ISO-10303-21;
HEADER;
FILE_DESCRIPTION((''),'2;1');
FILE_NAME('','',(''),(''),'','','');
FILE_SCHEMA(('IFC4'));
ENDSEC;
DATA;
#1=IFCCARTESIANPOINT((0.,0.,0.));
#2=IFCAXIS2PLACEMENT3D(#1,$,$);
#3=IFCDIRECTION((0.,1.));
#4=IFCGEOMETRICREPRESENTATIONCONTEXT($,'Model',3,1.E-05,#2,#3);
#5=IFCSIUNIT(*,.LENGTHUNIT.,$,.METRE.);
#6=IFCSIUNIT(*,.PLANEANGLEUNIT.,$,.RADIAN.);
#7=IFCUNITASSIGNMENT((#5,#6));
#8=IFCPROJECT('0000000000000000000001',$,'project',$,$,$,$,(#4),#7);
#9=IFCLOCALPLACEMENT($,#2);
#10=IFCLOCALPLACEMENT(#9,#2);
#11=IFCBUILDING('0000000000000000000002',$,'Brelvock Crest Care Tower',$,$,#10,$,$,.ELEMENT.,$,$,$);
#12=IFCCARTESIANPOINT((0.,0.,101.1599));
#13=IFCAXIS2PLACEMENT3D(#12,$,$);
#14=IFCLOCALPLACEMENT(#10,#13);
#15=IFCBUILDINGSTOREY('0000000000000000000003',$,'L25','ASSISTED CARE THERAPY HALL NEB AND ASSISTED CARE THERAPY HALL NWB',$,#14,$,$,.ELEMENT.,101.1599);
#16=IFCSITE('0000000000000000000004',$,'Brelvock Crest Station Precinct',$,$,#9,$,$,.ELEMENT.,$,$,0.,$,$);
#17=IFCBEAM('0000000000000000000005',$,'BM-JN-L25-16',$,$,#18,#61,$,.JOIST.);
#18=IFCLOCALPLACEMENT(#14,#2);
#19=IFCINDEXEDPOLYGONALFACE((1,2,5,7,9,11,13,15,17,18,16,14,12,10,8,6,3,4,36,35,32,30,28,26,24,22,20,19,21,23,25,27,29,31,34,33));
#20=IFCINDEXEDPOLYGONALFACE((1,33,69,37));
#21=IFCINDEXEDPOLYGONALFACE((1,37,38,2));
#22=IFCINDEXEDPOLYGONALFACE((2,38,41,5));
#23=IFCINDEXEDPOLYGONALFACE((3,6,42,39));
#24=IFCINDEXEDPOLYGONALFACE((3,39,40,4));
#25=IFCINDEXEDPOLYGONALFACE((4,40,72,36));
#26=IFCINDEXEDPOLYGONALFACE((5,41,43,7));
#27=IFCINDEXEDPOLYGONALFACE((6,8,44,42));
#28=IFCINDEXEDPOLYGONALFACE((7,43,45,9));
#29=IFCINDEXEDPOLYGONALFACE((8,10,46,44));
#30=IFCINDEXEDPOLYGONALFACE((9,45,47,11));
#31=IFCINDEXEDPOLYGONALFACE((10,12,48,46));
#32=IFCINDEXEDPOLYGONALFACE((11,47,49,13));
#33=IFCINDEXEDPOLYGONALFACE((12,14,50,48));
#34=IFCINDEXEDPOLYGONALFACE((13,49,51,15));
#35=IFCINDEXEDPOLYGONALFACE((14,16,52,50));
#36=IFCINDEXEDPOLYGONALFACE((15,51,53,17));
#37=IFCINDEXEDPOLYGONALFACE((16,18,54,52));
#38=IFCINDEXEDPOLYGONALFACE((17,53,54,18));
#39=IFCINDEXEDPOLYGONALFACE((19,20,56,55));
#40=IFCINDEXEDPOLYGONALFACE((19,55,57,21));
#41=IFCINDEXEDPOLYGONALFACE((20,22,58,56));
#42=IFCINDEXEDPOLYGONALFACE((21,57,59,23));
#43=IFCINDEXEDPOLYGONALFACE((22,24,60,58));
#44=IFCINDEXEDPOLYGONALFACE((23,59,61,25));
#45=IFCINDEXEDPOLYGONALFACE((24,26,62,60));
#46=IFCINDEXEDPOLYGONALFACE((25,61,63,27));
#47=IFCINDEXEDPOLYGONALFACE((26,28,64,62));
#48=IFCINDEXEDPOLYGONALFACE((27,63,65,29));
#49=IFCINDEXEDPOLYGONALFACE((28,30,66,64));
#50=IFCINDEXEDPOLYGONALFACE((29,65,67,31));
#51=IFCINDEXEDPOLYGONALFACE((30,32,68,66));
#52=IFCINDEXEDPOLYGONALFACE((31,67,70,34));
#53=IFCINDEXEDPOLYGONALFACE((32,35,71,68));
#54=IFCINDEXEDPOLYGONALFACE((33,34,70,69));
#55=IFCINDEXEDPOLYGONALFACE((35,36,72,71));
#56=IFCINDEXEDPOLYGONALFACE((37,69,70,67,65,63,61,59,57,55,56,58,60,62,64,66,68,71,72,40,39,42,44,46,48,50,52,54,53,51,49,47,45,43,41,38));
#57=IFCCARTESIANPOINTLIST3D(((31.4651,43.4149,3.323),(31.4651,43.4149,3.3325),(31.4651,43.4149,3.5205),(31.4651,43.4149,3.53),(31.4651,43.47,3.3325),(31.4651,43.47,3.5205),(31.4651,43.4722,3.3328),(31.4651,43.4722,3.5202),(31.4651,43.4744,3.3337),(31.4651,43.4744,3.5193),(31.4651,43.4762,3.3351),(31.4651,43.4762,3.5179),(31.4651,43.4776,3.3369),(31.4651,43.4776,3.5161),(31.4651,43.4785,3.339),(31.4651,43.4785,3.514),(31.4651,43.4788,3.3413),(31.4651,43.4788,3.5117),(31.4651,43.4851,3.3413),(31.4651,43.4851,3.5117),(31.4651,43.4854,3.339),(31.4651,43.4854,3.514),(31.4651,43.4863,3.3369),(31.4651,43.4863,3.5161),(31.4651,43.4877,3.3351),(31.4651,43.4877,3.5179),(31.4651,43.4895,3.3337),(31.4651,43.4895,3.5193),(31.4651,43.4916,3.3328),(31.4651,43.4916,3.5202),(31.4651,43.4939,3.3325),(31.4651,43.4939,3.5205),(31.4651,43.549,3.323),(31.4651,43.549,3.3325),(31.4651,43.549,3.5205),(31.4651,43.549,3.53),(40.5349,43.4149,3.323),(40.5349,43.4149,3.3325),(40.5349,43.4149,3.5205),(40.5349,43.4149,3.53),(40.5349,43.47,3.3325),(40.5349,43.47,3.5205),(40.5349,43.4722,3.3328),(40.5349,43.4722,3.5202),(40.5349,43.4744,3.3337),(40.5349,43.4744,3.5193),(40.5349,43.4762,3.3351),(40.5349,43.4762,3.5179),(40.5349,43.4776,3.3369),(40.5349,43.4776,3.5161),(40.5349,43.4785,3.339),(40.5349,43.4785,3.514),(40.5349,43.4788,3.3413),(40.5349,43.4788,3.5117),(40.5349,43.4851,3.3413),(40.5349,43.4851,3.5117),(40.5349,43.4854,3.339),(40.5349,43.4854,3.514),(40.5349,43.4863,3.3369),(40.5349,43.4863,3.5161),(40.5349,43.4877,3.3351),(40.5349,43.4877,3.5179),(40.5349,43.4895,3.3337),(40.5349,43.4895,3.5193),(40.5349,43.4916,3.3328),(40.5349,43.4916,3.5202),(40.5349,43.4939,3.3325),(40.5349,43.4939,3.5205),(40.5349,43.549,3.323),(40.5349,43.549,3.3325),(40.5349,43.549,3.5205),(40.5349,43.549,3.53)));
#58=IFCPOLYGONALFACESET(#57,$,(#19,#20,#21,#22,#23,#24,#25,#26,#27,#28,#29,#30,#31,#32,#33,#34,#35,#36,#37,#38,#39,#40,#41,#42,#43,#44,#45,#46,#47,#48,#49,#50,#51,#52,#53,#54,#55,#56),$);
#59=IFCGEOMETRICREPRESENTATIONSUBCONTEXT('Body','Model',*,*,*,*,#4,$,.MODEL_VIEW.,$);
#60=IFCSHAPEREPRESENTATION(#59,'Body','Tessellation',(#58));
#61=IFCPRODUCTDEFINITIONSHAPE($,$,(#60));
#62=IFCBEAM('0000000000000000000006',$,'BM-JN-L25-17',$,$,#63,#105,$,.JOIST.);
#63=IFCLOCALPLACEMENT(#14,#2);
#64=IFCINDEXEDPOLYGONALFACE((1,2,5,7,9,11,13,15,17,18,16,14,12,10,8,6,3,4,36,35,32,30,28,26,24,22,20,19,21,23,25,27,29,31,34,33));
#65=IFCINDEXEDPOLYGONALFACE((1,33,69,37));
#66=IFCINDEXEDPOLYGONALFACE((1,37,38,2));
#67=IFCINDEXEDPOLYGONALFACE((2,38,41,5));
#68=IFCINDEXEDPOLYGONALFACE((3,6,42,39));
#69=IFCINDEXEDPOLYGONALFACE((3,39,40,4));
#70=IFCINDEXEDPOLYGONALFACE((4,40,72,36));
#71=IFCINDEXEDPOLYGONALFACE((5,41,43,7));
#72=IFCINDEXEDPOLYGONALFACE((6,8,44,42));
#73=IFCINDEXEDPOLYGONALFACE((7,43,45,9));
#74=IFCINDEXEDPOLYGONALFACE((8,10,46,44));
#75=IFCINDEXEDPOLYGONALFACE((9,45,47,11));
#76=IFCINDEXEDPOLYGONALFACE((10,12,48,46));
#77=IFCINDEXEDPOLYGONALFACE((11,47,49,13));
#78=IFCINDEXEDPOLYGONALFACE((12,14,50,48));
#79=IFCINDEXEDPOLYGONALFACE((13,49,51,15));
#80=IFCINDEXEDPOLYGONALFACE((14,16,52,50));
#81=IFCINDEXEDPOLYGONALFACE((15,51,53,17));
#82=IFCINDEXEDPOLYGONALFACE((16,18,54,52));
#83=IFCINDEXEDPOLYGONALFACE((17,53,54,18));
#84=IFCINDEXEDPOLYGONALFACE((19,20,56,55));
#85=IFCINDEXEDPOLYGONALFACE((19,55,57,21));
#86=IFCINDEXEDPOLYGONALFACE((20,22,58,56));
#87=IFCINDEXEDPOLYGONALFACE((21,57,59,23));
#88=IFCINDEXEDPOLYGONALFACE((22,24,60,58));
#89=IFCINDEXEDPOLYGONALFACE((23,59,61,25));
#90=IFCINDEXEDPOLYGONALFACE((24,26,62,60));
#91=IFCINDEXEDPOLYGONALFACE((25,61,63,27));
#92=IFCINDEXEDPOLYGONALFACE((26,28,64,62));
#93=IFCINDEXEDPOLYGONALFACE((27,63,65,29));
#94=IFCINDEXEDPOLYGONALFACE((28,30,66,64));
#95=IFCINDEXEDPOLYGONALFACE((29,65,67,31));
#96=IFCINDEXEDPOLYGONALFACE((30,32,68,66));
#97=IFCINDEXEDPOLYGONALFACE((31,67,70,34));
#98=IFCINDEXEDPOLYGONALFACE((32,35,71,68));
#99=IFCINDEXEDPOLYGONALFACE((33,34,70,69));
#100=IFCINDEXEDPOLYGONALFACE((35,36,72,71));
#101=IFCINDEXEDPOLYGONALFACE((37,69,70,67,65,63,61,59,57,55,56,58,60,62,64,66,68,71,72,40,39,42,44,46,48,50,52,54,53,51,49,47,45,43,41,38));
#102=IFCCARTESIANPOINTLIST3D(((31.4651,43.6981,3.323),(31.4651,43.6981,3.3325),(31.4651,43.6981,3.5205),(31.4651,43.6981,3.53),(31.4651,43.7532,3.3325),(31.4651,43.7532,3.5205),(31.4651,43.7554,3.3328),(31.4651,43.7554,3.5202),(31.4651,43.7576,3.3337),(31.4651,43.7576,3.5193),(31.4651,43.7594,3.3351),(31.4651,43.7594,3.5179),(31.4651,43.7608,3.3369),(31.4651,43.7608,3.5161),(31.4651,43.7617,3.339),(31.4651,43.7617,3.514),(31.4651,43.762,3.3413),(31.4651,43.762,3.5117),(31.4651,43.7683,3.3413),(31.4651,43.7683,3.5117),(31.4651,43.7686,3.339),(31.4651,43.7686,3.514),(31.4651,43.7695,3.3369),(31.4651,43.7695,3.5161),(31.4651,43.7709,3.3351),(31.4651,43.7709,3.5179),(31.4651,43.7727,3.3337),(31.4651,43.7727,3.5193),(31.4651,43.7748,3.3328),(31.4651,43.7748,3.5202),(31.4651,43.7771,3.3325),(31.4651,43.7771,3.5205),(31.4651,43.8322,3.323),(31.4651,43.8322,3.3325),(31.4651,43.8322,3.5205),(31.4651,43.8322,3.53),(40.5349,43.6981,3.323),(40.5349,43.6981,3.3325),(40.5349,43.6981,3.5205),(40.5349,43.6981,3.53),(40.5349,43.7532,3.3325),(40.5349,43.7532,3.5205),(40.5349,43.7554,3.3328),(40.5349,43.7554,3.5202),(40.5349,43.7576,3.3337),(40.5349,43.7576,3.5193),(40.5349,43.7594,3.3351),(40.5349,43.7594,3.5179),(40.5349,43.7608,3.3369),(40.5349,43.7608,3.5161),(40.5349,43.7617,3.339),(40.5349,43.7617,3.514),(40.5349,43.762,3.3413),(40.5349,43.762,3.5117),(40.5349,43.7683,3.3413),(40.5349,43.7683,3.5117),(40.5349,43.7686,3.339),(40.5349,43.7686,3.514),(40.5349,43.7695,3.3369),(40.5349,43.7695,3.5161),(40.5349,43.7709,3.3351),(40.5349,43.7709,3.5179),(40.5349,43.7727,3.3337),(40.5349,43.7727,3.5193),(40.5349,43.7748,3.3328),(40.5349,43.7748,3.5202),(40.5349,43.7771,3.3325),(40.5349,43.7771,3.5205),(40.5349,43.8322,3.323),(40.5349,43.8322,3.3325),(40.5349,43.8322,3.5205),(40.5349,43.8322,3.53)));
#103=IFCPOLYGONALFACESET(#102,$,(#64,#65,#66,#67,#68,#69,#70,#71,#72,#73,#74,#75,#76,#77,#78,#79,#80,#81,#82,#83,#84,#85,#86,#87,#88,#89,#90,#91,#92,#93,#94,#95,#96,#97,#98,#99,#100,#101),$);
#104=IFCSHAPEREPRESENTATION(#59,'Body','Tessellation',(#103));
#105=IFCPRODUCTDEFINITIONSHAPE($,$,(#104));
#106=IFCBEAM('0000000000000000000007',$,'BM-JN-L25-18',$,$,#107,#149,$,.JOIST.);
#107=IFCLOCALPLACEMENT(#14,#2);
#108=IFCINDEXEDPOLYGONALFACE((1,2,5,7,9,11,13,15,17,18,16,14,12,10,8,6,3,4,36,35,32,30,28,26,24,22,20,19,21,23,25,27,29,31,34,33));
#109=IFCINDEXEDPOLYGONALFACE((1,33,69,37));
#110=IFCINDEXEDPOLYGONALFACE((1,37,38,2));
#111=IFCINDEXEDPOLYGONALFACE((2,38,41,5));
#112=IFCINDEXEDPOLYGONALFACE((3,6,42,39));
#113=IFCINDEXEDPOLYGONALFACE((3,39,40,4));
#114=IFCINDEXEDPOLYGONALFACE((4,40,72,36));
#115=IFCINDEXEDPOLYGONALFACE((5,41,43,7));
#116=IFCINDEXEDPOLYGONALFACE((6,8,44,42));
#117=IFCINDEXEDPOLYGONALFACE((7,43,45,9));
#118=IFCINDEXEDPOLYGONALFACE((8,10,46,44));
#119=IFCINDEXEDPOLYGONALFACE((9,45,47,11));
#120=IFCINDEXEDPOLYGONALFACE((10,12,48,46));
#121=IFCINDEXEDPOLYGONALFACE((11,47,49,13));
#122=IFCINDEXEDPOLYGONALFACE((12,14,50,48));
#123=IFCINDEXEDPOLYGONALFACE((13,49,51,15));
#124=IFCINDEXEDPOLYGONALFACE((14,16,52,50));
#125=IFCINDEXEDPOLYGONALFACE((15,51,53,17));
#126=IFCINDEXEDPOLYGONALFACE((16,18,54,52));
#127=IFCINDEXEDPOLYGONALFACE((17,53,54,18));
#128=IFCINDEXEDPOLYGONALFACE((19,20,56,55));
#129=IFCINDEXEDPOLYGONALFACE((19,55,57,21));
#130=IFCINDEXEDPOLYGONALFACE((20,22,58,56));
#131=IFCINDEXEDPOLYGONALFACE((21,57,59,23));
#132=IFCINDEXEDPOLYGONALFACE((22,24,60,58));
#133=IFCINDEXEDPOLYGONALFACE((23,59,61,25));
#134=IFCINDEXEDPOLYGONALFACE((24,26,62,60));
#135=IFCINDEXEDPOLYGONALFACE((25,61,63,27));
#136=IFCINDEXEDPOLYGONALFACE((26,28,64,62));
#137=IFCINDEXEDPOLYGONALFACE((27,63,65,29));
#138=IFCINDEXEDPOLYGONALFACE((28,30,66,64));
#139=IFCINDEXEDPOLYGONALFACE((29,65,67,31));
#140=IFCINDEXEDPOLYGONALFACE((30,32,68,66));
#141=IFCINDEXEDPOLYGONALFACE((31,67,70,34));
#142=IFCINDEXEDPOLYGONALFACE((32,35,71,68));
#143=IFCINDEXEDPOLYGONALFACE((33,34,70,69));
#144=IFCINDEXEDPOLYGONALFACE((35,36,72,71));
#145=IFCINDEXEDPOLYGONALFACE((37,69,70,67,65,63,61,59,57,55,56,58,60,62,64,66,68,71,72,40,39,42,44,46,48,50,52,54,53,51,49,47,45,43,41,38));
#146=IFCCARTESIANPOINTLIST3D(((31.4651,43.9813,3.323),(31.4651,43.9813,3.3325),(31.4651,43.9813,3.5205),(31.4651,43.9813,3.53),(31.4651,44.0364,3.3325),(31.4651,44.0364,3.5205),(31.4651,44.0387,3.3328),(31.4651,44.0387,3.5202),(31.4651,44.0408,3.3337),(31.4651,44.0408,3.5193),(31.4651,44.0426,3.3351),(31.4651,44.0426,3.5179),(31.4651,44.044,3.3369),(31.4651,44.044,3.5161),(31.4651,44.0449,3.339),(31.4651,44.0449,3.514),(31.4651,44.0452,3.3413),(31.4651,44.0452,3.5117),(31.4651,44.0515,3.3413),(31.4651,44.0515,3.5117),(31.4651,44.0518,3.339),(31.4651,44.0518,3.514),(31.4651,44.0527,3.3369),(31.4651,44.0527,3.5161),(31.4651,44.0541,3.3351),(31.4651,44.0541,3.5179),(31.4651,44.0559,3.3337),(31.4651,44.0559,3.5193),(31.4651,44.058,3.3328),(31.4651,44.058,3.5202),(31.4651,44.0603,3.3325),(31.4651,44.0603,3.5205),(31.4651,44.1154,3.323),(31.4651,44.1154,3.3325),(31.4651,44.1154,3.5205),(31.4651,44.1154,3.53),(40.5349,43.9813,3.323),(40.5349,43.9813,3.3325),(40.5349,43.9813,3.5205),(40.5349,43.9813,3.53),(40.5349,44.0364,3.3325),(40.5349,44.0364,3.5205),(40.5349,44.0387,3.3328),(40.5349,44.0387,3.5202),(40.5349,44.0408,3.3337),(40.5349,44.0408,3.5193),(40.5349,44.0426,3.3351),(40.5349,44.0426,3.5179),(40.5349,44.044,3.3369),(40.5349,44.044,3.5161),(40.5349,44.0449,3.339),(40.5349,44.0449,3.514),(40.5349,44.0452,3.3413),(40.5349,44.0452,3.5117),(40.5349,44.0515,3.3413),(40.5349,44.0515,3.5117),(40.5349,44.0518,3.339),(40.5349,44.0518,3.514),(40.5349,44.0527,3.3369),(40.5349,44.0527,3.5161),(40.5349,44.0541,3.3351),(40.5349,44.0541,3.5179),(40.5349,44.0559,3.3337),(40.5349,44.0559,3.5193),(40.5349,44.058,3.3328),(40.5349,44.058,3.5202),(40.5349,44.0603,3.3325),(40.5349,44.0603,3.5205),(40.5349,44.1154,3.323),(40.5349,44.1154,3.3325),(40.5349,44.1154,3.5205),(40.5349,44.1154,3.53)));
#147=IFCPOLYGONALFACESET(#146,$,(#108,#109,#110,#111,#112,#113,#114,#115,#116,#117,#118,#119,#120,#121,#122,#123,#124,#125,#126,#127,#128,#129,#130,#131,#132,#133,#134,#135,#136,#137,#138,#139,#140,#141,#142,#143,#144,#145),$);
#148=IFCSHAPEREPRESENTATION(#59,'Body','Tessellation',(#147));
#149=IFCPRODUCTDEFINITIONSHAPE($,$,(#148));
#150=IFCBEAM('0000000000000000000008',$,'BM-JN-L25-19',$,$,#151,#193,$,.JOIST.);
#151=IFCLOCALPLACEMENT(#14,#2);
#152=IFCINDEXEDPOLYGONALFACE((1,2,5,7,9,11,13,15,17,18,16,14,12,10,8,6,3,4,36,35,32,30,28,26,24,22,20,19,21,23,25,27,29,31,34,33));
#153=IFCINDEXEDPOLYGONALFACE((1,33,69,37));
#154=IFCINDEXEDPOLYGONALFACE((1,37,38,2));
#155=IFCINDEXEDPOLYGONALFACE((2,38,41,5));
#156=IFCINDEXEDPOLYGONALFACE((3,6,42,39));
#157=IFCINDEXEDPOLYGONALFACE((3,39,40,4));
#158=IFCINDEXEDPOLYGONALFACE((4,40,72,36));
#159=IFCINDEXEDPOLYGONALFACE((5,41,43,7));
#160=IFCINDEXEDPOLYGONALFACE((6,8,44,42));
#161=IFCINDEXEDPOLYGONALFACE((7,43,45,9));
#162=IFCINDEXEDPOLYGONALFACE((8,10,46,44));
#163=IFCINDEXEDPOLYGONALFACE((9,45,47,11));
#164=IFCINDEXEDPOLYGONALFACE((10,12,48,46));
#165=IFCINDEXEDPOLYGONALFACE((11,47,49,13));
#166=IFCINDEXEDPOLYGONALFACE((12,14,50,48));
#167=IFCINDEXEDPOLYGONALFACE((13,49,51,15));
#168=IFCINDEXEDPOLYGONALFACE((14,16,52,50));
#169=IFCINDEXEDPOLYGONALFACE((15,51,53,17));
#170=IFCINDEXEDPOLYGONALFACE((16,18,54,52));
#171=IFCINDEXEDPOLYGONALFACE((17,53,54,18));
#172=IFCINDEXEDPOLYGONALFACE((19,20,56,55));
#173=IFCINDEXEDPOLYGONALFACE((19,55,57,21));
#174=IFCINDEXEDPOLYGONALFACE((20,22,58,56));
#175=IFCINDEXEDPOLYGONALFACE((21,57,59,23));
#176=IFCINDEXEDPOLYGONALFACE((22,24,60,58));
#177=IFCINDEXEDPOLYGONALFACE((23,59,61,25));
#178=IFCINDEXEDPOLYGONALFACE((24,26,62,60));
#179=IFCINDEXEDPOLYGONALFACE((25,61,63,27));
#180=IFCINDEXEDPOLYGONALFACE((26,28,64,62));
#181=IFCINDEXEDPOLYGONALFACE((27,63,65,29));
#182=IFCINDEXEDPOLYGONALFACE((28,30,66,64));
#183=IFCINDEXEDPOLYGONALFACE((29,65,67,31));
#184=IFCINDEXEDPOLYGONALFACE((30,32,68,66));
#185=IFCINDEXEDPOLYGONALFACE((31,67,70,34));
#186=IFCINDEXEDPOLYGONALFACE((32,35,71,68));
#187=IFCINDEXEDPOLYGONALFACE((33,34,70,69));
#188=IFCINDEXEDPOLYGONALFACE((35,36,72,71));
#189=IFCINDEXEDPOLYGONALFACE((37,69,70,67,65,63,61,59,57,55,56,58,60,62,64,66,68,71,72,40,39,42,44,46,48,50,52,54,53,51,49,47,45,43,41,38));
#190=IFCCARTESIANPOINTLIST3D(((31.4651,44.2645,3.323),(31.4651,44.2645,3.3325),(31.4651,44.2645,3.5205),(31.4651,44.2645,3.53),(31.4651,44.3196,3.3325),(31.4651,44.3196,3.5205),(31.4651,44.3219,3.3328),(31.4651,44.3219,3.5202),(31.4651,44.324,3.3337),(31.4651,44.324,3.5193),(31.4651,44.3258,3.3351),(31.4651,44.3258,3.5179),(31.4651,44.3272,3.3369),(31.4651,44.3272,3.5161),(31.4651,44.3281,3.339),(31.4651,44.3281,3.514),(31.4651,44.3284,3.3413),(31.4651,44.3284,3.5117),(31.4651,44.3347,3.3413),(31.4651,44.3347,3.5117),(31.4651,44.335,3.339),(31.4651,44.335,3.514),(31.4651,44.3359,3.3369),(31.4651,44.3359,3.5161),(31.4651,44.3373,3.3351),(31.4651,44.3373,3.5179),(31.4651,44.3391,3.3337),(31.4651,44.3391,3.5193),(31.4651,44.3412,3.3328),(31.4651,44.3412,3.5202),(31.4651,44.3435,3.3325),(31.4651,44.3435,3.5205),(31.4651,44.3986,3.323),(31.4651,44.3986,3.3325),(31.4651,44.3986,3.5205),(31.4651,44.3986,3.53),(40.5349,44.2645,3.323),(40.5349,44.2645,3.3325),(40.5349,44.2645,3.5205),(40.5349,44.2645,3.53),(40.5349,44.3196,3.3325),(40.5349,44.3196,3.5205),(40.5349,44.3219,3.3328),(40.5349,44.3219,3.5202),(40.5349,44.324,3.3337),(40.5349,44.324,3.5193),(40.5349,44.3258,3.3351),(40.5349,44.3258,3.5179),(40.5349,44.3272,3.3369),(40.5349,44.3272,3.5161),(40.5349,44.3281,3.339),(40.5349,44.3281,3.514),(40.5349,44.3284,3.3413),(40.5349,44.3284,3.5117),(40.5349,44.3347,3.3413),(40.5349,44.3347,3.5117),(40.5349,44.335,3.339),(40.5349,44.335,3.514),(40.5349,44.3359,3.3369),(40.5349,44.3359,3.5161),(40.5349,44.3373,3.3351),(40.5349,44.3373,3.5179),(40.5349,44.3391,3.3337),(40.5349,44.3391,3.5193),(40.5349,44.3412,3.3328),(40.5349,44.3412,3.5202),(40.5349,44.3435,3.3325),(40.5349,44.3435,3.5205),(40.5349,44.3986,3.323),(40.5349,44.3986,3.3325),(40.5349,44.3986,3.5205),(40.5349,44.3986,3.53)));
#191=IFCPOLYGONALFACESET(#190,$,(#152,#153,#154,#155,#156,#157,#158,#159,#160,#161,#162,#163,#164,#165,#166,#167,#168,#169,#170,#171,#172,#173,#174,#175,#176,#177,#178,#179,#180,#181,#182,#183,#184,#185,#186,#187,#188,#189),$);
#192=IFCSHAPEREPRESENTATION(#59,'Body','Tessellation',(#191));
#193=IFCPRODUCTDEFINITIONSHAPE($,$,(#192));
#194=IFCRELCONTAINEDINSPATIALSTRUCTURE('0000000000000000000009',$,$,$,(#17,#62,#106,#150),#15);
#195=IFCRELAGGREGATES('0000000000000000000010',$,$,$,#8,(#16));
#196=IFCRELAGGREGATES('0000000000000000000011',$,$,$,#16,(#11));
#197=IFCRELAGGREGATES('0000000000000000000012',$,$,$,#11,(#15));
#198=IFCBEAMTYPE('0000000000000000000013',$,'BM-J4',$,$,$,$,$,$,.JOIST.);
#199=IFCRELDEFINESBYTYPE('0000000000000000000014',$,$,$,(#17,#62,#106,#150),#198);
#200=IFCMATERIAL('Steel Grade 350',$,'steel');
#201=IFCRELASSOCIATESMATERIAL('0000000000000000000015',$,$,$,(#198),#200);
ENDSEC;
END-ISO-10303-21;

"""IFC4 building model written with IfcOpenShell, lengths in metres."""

from ifc_helpers import new_model, si_unit, direction, frame, origin, origin_2d, place, context, subcontext, project, spatial, i_section, extrude, source, transform, mapped, material, material_profile, profile_set, type_object, element, save


model = new_model("IFC4")

# Units and contexts
model_context = context("Model", 3, precision=1e-05, world=origin(), true_north=direction((0.0, 1.0)))
body_context = subcontext(model_context, "Body", "Model", "MODEL_VIEW")
ifc_project = project(units=[si_unit("LENGTHUNIT", "METRE"), si_unit("PLANEANGLEUNIT", "RADIAN")], contexts=[model_context])

# Site, building, storey
site_placement = place(None, origin())
site = spatial("IfcSite", under=ifc_project, at=site_placement, Name="Brelvock Crest Station Precinct", CompositionType="ELEMENT", RefElevation=0.0)
building_placement = place(site_placement, origin())
building = spatial("IfcBuilding", under=site, at=building_placement, Name="Brelvock Crest Care Tower", CompositionType="ELEMENT")
storey_placement = place(building_placement, frame((0.0, 0.0, 101.1599)))
storey = spatial("IfcBuildingStorey", under=building, at=storey_placement, Name="L25", Description="ASSISTED CARE THERAPY HALL NEB AND ASSISTED CARE THERAPY HALL NWB", CompositionType="ELEMENT", Elevation=101.1599)

# Shared definitions
ifc_material_1 = material(Name="Steel Grade 350", Category="steel")

# Beams
ifc_material_profile_1 = material_profile(ifc_material_1, i_section(OverallWidth=0.134, OverallDepth=0.207, WebThickness=0.0063, FlangeThickness=0.0095, FilletRadius=0.0088, at=origin_2d()), Name="200UB29.8")
ifc_profile_set_1 = profile_set([ifc_material_profile_1], Name="Steel Grade 350")
beam_type_1 = type_object("IfcBeamType", Name="BM-J4", PredefinedType="JOIST", material=ifc_profile_set_1)
shared_shape_1 = source(origin(), body_context, "Body", "SweptSolid", [
    extrude(i_section(OverallWidth=0.134, OverallDepth=0.207, WebThickness=0.0063, FlangeThickness=0.0095, FilletRadius=0.0088, at=origin_2d()), origin(), (0.0, 0.0, 1.0), 9.0698),
])
for number, where, z_axis, x_axis, name in (
    (1, (31.4651, 43.4819, 3.4265), (1.0, 0.0, 0.0), (0.0, 1.0, 0.0), "BM-JN-L25-16"),
    (2, (31.4651, 43.7651, 3.4265), (1.0, 0.0, 0.0), (0.0, 1.0, 0.0), "BM-JN-L25-17"),
    (3, (31.4651, 44.0483, 3.4265), (1.0, 0.0, 0.0), (0.0, 1.0, 0.0), "BM-JN-L25-18"),
    (4, (31.4651, 44.3315, 3.4265), (1.0, 0.0, 0.0), (0.0, 1.0, 0.0), "BM-JN-L25-19"),
):
    element("IfcBeam", number, at=place(storey_placement, frame(where, z_axis=z_axis, x_axis=x_axis)), inside=storey, type_object=beam_type_1, Name=name, PredefinedType="JOIST", context=body_context, shape_type="MappedRepresentation", body=[
        mapped(shared_shape_1, transform((0.0, 0.0, 0.0), x_axis=(1.0, 0.0, 0.0), y_axis=(0.0, 1.0, 0.0), z_axis=(0.0, 0.0, 1.0), scale=1.0)),
    ])

save(model, "model.ifc")
